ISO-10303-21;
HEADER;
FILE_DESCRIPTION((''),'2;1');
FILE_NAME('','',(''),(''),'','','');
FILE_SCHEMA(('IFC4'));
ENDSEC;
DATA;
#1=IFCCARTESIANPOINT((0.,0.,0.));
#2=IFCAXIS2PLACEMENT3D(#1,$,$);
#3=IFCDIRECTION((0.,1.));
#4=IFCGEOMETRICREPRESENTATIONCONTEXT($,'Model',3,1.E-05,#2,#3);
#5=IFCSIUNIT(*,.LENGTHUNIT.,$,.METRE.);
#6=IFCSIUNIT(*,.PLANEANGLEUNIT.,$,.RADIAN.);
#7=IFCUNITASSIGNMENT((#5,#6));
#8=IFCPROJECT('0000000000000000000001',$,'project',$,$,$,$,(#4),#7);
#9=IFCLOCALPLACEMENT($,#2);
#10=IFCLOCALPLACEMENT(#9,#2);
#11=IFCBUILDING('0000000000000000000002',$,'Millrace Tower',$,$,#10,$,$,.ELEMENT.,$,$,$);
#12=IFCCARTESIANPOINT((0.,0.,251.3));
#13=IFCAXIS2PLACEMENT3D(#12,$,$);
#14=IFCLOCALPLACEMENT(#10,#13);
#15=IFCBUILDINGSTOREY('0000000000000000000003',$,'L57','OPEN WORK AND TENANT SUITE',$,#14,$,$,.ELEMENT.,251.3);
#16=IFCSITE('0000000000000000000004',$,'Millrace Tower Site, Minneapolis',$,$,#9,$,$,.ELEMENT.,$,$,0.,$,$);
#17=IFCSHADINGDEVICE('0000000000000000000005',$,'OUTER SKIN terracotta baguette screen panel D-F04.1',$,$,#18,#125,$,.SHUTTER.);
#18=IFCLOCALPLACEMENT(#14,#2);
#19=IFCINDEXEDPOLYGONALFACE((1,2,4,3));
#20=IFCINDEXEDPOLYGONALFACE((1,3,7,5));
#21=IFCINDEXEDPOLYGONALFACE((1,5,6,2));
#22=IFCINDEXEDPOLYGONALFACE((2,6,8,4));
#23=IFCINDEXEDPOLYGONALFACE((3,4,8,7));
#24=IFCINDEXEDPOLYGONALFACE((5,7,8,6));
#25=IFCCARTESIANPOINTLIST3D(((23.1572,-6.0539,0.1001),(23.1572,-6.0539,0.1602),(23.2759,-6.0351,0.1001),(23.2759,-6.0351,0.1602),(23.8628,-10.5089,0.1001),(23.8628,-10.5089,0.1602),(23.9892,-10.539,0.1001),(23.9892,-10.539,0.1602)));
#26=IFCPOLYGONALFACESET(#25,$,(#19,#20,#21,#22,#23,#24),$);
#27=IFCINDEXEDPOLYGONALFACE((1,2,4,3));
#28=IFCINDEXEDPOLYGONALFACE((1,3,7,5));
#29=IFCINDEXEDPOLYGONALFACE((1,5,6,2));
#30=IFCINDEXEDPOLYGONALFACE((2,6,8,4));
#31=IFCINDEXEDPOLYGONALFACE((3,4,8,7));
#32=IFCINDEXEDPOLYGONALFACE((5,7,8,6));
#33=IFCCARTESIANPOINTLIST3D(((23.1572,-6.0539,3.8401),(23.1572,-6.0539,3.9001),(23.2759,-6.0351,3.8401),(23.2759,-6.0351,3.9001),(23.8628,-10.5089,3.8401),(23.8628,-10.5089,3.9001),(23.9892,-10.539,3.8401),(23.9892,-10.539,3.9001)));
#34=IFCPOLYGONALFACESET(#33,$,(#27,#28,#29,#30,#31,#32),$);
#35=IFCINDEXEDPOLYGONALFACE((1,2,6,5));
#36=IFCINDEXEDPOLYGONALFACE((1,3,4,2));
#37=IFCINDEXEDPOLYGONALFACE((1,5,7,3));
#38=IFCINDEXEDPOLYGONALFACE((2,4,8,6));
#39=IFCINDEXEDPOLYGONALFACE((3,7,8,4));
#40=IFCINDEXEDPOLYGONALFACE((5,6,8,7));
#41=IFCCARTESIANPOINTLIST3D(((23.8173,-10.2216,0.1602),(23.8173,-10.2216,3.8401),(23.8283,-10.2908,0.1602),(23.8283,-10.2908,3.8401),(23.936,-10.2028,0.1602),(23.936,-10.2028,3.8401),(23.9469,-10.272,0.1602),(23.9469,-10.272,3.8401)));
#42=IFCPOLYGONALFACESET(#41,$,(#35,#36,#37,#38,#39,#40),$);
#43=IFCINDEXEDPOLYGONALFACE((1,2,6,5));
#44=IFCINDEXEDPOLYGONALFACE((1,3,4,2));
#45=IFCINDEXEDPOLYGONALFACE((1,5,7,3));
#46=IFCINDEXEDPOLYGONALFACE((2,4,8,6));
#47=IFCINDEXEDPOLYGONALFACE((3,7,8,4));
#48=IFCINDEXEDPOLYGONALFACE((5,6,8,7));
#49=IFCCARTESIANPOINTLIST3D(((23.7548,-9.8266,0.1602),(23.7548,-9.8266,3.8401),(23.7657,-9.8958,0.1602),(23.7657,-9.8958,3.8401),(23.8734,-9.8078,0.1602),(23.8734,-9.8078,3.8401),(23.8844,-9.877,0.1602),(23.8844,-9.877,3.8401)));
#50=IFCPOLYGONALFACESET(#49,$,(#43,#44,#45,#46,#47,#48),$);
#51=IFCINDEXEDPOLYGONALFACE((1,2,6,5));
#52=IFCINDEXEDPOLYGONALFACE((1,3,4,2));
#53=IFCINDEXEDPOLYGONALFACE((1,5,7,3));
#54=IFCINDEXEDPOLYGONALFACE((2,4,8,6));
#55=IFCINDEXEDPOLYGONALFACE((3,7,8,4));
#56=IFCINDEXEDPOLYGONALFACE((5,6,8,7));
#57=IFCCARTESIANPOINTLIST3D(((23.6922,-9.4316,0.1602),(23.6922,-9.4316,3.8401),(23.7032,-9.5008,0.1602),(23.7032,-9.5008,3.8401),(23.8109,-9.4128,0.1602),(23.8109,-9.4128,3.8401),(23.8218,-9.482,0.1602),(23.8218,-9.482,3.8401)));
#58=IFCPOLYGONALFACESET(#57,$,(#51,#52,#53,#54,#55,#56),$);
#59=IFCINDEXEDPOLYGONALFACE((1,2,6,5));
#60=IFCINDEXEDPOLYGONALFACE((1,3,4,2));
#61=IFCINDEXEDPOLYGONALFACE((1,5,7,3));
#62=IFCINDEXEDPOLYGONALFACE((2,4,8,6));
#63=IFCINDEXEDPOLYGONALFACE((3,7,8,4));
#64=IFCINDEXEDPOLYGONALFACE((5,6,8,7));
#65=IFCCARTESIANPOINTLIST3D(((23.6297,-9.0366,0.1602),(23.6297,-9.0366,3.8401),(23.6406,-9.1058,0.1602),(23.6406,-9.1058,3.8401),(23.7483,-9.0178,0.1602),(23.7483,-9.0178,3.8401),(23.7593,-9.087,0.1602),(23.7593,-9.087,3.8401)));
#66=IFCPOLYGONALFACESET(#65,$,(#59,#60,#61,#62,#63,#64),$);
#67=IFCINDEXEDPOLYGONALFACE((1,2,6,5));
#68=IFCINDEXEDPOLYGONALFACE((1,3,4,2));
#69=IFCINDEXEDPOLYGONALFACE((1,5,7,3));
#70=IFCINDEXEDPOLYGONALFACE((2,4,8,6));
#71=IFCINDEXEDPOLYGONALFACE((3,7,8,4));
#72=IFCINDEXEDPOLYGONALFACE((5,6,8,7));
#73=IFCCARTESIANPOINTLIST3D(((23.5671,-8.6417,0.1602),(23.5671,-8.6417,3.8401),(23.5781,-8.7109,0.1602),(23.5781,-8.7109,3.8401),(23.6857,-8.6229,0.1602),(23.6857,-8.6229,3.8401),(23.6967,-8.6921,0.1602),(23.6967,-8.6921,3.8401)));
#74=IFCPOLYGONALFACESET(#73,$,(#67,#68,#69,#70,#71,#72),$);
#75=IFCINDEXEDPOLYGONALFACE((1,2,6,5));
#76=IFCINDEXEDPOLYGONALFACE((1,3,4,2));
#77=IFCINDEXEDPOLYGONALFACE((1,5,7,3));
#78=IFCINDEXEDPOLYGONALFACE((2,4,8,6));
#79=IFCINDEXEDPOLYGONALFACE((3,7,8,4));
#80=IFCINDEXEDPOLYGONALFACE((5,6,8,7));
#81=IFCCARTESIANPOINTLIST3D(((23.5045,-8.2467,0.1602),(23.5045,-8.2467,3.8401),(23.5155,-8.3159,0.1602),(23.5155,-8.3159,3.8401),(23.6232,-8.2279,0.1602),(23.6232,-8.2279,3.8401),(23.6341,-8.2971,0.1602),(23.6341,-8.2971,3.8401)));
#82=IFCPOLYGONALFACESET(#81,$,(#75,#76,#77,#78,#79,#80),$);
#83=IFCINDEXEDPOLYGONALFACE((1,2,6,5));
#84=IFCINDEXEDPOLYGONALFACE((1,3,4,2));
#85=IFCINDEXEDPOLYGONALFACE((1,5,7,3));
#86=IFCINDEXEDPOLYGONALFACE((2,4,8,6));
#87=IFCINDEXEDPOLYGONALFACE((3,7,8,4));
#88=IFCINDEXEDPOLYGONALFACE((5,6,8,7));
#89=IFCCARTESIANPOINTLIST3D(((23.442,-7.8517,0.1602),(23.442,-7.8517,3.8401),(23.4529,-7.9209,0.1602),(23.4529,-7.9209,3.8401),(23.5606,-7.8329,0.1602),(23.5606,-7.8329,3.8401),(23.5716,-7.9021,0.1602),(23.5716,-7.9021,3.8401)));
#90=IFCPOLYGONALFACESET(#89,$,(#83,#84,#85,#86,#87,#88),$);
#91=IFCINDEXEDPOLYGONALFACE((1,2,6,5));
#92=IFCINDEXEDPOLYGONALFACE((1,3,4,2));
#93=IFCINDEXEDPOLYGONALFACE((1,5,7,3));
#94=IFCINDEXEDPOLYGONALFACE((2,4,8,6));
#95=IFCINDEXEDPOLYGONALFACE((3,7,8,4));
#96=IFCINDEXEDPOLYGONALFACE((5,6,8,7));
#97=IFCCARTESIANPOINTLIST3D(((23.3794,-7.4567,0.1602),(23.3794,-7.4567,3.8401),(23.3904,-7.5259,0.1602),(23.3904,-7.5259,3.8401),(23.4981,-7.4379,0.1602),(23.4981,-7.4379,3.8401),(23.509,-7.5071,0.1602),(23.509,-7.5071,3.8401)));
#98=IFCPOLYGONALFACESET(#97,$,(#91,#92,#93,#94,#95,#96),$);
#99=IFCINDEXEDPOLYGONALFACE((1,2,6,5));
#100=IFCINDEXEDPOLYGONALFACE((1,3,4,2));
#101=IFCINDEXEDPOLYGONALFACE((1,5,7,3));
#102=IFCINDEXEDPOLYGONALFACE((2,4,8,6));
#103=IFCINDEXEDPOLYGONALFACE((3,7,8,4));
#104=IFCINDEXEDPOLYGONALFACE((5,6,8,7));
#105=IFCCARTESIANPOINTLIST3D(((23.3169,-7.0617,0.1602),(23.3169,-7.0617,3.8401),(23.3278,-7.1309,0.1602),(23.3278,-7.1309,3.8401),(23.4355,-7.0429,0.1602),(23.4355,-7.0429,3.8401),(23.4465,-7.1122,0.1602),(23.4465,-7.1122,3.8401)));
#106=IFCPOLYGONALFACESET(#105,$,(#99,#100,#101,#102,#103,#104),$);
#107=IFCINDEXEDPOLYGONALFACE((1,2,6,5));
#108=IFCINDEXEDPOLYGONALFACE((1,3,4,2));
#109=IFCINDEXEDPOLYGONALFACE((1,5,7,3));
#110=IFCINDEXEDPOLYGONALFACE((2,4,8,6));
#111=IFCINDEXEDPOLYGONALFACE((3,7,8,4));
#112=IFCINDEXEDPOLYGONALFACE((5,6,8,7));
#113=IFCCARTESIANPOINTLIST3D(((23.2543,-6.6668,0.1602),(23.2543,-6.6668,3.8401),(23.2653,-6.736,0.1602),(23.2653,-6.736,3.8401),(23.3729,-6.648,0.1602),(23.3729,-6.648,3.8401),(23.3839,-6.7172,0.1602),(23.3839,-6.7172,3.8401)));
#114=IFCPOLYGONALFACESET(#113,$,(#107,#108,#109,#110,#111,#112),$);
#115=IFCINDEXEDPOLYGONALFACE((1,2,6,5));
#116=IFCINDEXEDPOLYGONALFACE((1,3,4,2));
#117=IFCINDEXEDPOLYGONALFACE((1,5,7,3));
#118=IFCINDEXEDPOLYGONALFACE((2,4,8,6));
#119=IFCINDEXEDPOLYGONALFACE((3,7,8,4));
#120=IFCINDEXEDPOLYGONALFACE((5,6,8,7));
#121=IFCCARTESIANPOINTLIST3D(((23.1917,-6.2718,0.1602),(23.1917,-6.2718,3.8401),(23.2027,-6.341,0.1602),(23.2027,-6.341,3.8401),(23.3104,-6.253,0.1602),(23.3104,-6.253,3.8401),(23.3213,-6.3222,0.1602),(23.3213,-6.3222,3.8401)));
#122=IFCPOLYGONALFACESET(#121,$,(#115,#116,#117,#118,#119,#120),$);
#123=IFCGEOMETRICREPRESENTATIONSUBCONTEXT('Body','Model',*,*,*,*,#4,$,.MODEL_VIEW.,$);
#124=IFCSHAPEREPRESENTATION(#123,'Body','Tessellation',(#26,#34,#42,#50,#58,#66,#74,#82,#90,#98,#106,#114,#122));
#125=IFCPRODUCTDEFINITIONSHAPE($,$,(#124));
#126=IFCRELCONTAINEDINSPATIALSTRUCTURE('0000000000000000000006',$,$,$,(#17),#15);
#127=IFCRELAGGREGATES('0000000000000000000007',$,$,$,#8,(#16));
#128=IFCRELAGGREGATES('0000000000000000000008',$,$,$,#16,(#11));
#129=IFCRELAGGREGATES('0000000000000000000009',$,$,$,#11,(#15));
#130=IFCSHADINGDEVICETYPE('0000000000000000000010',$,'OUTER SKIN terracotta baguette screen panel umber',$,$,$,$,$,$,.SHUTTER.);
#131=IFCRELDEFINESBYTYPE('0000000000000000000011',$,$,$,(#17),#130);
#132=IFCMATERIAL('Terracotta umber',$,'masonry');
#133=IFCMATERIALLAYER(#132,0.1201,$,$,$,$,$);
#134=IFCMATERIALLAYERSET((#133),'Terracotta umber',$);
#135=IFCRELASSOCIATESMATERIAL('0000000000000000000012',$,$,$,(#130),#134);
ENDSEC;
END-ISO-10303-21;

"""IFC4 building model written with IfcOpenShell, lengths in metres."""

from ifc_helpers import new_model, entity, si_unit, direction, frame, frame_2d, origin, place, context, subcontext, project, spatial, rectangle, extrude, source, transform, mapped, material, layer, layer_set, type_object, element, save


model = new_model("IFC4")

# Units and contexts
model_context = context("Model", 3, precision=1e-05, world=origin(), true_north=direction((0.0, 1.0)))
body_context = subcontext(model_context, "Body", "Model", "MODEL_VIEW")
ifc_project = project(units=[si_unit("LENGTHUNIT", "METRE"), si_unit("PLANEANGLEUNIT", "RADIAN")], contexts=[model_context])

# Site, building, storey
site_placement = place(None, origin())
site = spatial("IfcSite", under=ifc_project, at=site_placement, Name="Millrace Tower Site, Minneapolis", CompositionType="ELEMENT", RefElevation=0.0)
building_placement = place(site_placement, origin())
building = spatial("IfcBuilding", under=site, at=building_placement, Name="Millrace Tower", CompositionType="ELEMENT")
storey_placement = place(building_placement, frame((0.0, 0.0, 251.3)))
storey = spatial("IfcBuildingStorey", under=building, at=storey_placement, Name="L57", Description="OPEN WORK AND TENANT SUITE", CompositionType="ELEMENT", Elevation=251.3)

# Shading device
ifc_material_1 = material(Name="Terracotta umber", Category="masonry")
ifc_layer_1 = layer(ifc_material_1, 0.1201)
ifc_layer_set_1 = layer_set([ifc_layer_1], Name="Terracotta umber")
shading_device_type = type_object("IfcShadingDeviceType", Name="OUTER SKIN terracotta baguette screen panel umber", PredefinedType="SHUTTER", material=ifc_layer_set_1)
cartesian_point_1 = entity("IfcCartesianPoint", [-2.2429, 0.0601])
shared_polyline_1 = entity("IfcPolyline", [cartesian_point_1, entity("IfcCartesianPoint", [2.2676, 0.0601]), entity("IfcCartesianPoint", [2.2676, -0.0601]), entity("IfcCartesianPoint", [-2.2925, -0.0601]), cartesian_point_1])
shared_shape_1 = source(origin(), body_context, "Body", "SweptSolid", [
    entity("IfcExtrudedAreaSolid", entity("IfcArbitraryClosedProfileDef", "AREA", None, shared_polyline_1), entity("IfcAxis2Placement3D", entity("IfcCartesianPoint", [0.0, 0.0, 0.0])), entity("IfcDirection", [0.0, 0.0, 1.0]), 0.0601),
    entity("IfcExtrudedAreaSolid", entity("IfcArbitraryClosedProfileDef", "AREA", None, shared_polyline_1), entity("IfcAxis2Placement3D", entity("IfcCartesianPoint", [0.0, 0.0, 3.74])), entity("IfcDirection", [0.0, 0.0, 1.0]), 0.0601),
    extrude(rectangle(XDim=0.0701, YDim=0.1201, at=frame_2d((-1.9871, 0.0))), frame((0.0, 0.0, 0.0601)), (0.0, 0.0, 1.0), 3.6799),
    extrude(rectangle(XDim=0.0701, YDim=0.1201, at=frame_2d((-1.5872, 0.0))), frame((0.0, 0.0, 0.0601)), (0.0, 0.0, 1.0), 3.6799),
    extrude(rectangle(XDim=0.0701, YDim=0.1201, at=frame_2d((-1.1873, 0.0))), frame((0.0, 0.0, 0.0601)), (0.0, 0.0, 1.0), 3.6799),
    extrude(rectangle(XDim=0.0701, YDim=0.1201, at=frame_2d((-0.7874, 0.0))), frame((0.0, 0.0, 0.0601)), (0.0, 0.0, 1.0), 3.6799),
    extrude(rectangle(XDim=0.0701, YDim=0.1201, at=frame_2d((-0.3875, 0.0))), frame((0.0, 0.0, 0.0601)), (0.0, 0.0, 1.0), 3.6799),
    extrude(rectangle(XDim=0.0701, YDim=0.1201, at=frame_2d((0.0125, 0.0))), frame((0.0, 0.0, 0.0601)), (0.0, 0.0, 1.0), 3.6799),
    extrude(rectangle(XDim=0.0701, YDim=0.1201, at=frame_2d((0.4124, 0.0))), frame((0.0, 0.0, 0.0601)), (0.0, 0.0, 1.0), 3.6799),
    extrude(rectangle(XDim=0.0701, YDim=0.1201, at=frame_2d((0.8123, 0.0))), frame((0.0, 0.0, 0.0601)), (0.0, 0.0, 1.0), 3.6799),
    extrude(rectangle(XDim=0.0701, YDim=0.1201, at=frame_2d((1.2122, 0.0))), frame((0.0, 0.0, 0.0601)), (0.0, 0.0, 1.0), 3.6799),
    extrude(rectangle(XDim=0.0701, YDim=0.1201, at=frame_2d((1.6121, 0.0))), frame((0.0, 0.0, 0.0601)), (0.0, 0.0, 1.0), 3.6799),
    extrude(rectangle(XDim=0.0701, YDim=0.1201, at=frame_2d((2.012, 0.0))), frame((0.0, 0.0, 0.0601)), (0.0, 0.0, 1.0), 3.6799),
])
shading_device_1_placement = place(storey_placement, frame((23.5713, -8.2842, 0.1001), z_axis=(0.0, 0.0, 1.0), x_axis=(-0.156434, 0.987688, 0.0)))
element("IfcShadingDevice", 1, at=shading_device_1_placement, inside=storey, type_object=shading_device_type, Name="OUTER SKIN terracotta baguette screen panel D-F04.1", PredefinedType="SHUTTER", context=body_context, shape_type="MappedRepresentation", body=[
    mapped(shared_shape_1, transform((0.0, 0.0, 0.0), scale=1.0)),
])

save(model, "model.ifc")
